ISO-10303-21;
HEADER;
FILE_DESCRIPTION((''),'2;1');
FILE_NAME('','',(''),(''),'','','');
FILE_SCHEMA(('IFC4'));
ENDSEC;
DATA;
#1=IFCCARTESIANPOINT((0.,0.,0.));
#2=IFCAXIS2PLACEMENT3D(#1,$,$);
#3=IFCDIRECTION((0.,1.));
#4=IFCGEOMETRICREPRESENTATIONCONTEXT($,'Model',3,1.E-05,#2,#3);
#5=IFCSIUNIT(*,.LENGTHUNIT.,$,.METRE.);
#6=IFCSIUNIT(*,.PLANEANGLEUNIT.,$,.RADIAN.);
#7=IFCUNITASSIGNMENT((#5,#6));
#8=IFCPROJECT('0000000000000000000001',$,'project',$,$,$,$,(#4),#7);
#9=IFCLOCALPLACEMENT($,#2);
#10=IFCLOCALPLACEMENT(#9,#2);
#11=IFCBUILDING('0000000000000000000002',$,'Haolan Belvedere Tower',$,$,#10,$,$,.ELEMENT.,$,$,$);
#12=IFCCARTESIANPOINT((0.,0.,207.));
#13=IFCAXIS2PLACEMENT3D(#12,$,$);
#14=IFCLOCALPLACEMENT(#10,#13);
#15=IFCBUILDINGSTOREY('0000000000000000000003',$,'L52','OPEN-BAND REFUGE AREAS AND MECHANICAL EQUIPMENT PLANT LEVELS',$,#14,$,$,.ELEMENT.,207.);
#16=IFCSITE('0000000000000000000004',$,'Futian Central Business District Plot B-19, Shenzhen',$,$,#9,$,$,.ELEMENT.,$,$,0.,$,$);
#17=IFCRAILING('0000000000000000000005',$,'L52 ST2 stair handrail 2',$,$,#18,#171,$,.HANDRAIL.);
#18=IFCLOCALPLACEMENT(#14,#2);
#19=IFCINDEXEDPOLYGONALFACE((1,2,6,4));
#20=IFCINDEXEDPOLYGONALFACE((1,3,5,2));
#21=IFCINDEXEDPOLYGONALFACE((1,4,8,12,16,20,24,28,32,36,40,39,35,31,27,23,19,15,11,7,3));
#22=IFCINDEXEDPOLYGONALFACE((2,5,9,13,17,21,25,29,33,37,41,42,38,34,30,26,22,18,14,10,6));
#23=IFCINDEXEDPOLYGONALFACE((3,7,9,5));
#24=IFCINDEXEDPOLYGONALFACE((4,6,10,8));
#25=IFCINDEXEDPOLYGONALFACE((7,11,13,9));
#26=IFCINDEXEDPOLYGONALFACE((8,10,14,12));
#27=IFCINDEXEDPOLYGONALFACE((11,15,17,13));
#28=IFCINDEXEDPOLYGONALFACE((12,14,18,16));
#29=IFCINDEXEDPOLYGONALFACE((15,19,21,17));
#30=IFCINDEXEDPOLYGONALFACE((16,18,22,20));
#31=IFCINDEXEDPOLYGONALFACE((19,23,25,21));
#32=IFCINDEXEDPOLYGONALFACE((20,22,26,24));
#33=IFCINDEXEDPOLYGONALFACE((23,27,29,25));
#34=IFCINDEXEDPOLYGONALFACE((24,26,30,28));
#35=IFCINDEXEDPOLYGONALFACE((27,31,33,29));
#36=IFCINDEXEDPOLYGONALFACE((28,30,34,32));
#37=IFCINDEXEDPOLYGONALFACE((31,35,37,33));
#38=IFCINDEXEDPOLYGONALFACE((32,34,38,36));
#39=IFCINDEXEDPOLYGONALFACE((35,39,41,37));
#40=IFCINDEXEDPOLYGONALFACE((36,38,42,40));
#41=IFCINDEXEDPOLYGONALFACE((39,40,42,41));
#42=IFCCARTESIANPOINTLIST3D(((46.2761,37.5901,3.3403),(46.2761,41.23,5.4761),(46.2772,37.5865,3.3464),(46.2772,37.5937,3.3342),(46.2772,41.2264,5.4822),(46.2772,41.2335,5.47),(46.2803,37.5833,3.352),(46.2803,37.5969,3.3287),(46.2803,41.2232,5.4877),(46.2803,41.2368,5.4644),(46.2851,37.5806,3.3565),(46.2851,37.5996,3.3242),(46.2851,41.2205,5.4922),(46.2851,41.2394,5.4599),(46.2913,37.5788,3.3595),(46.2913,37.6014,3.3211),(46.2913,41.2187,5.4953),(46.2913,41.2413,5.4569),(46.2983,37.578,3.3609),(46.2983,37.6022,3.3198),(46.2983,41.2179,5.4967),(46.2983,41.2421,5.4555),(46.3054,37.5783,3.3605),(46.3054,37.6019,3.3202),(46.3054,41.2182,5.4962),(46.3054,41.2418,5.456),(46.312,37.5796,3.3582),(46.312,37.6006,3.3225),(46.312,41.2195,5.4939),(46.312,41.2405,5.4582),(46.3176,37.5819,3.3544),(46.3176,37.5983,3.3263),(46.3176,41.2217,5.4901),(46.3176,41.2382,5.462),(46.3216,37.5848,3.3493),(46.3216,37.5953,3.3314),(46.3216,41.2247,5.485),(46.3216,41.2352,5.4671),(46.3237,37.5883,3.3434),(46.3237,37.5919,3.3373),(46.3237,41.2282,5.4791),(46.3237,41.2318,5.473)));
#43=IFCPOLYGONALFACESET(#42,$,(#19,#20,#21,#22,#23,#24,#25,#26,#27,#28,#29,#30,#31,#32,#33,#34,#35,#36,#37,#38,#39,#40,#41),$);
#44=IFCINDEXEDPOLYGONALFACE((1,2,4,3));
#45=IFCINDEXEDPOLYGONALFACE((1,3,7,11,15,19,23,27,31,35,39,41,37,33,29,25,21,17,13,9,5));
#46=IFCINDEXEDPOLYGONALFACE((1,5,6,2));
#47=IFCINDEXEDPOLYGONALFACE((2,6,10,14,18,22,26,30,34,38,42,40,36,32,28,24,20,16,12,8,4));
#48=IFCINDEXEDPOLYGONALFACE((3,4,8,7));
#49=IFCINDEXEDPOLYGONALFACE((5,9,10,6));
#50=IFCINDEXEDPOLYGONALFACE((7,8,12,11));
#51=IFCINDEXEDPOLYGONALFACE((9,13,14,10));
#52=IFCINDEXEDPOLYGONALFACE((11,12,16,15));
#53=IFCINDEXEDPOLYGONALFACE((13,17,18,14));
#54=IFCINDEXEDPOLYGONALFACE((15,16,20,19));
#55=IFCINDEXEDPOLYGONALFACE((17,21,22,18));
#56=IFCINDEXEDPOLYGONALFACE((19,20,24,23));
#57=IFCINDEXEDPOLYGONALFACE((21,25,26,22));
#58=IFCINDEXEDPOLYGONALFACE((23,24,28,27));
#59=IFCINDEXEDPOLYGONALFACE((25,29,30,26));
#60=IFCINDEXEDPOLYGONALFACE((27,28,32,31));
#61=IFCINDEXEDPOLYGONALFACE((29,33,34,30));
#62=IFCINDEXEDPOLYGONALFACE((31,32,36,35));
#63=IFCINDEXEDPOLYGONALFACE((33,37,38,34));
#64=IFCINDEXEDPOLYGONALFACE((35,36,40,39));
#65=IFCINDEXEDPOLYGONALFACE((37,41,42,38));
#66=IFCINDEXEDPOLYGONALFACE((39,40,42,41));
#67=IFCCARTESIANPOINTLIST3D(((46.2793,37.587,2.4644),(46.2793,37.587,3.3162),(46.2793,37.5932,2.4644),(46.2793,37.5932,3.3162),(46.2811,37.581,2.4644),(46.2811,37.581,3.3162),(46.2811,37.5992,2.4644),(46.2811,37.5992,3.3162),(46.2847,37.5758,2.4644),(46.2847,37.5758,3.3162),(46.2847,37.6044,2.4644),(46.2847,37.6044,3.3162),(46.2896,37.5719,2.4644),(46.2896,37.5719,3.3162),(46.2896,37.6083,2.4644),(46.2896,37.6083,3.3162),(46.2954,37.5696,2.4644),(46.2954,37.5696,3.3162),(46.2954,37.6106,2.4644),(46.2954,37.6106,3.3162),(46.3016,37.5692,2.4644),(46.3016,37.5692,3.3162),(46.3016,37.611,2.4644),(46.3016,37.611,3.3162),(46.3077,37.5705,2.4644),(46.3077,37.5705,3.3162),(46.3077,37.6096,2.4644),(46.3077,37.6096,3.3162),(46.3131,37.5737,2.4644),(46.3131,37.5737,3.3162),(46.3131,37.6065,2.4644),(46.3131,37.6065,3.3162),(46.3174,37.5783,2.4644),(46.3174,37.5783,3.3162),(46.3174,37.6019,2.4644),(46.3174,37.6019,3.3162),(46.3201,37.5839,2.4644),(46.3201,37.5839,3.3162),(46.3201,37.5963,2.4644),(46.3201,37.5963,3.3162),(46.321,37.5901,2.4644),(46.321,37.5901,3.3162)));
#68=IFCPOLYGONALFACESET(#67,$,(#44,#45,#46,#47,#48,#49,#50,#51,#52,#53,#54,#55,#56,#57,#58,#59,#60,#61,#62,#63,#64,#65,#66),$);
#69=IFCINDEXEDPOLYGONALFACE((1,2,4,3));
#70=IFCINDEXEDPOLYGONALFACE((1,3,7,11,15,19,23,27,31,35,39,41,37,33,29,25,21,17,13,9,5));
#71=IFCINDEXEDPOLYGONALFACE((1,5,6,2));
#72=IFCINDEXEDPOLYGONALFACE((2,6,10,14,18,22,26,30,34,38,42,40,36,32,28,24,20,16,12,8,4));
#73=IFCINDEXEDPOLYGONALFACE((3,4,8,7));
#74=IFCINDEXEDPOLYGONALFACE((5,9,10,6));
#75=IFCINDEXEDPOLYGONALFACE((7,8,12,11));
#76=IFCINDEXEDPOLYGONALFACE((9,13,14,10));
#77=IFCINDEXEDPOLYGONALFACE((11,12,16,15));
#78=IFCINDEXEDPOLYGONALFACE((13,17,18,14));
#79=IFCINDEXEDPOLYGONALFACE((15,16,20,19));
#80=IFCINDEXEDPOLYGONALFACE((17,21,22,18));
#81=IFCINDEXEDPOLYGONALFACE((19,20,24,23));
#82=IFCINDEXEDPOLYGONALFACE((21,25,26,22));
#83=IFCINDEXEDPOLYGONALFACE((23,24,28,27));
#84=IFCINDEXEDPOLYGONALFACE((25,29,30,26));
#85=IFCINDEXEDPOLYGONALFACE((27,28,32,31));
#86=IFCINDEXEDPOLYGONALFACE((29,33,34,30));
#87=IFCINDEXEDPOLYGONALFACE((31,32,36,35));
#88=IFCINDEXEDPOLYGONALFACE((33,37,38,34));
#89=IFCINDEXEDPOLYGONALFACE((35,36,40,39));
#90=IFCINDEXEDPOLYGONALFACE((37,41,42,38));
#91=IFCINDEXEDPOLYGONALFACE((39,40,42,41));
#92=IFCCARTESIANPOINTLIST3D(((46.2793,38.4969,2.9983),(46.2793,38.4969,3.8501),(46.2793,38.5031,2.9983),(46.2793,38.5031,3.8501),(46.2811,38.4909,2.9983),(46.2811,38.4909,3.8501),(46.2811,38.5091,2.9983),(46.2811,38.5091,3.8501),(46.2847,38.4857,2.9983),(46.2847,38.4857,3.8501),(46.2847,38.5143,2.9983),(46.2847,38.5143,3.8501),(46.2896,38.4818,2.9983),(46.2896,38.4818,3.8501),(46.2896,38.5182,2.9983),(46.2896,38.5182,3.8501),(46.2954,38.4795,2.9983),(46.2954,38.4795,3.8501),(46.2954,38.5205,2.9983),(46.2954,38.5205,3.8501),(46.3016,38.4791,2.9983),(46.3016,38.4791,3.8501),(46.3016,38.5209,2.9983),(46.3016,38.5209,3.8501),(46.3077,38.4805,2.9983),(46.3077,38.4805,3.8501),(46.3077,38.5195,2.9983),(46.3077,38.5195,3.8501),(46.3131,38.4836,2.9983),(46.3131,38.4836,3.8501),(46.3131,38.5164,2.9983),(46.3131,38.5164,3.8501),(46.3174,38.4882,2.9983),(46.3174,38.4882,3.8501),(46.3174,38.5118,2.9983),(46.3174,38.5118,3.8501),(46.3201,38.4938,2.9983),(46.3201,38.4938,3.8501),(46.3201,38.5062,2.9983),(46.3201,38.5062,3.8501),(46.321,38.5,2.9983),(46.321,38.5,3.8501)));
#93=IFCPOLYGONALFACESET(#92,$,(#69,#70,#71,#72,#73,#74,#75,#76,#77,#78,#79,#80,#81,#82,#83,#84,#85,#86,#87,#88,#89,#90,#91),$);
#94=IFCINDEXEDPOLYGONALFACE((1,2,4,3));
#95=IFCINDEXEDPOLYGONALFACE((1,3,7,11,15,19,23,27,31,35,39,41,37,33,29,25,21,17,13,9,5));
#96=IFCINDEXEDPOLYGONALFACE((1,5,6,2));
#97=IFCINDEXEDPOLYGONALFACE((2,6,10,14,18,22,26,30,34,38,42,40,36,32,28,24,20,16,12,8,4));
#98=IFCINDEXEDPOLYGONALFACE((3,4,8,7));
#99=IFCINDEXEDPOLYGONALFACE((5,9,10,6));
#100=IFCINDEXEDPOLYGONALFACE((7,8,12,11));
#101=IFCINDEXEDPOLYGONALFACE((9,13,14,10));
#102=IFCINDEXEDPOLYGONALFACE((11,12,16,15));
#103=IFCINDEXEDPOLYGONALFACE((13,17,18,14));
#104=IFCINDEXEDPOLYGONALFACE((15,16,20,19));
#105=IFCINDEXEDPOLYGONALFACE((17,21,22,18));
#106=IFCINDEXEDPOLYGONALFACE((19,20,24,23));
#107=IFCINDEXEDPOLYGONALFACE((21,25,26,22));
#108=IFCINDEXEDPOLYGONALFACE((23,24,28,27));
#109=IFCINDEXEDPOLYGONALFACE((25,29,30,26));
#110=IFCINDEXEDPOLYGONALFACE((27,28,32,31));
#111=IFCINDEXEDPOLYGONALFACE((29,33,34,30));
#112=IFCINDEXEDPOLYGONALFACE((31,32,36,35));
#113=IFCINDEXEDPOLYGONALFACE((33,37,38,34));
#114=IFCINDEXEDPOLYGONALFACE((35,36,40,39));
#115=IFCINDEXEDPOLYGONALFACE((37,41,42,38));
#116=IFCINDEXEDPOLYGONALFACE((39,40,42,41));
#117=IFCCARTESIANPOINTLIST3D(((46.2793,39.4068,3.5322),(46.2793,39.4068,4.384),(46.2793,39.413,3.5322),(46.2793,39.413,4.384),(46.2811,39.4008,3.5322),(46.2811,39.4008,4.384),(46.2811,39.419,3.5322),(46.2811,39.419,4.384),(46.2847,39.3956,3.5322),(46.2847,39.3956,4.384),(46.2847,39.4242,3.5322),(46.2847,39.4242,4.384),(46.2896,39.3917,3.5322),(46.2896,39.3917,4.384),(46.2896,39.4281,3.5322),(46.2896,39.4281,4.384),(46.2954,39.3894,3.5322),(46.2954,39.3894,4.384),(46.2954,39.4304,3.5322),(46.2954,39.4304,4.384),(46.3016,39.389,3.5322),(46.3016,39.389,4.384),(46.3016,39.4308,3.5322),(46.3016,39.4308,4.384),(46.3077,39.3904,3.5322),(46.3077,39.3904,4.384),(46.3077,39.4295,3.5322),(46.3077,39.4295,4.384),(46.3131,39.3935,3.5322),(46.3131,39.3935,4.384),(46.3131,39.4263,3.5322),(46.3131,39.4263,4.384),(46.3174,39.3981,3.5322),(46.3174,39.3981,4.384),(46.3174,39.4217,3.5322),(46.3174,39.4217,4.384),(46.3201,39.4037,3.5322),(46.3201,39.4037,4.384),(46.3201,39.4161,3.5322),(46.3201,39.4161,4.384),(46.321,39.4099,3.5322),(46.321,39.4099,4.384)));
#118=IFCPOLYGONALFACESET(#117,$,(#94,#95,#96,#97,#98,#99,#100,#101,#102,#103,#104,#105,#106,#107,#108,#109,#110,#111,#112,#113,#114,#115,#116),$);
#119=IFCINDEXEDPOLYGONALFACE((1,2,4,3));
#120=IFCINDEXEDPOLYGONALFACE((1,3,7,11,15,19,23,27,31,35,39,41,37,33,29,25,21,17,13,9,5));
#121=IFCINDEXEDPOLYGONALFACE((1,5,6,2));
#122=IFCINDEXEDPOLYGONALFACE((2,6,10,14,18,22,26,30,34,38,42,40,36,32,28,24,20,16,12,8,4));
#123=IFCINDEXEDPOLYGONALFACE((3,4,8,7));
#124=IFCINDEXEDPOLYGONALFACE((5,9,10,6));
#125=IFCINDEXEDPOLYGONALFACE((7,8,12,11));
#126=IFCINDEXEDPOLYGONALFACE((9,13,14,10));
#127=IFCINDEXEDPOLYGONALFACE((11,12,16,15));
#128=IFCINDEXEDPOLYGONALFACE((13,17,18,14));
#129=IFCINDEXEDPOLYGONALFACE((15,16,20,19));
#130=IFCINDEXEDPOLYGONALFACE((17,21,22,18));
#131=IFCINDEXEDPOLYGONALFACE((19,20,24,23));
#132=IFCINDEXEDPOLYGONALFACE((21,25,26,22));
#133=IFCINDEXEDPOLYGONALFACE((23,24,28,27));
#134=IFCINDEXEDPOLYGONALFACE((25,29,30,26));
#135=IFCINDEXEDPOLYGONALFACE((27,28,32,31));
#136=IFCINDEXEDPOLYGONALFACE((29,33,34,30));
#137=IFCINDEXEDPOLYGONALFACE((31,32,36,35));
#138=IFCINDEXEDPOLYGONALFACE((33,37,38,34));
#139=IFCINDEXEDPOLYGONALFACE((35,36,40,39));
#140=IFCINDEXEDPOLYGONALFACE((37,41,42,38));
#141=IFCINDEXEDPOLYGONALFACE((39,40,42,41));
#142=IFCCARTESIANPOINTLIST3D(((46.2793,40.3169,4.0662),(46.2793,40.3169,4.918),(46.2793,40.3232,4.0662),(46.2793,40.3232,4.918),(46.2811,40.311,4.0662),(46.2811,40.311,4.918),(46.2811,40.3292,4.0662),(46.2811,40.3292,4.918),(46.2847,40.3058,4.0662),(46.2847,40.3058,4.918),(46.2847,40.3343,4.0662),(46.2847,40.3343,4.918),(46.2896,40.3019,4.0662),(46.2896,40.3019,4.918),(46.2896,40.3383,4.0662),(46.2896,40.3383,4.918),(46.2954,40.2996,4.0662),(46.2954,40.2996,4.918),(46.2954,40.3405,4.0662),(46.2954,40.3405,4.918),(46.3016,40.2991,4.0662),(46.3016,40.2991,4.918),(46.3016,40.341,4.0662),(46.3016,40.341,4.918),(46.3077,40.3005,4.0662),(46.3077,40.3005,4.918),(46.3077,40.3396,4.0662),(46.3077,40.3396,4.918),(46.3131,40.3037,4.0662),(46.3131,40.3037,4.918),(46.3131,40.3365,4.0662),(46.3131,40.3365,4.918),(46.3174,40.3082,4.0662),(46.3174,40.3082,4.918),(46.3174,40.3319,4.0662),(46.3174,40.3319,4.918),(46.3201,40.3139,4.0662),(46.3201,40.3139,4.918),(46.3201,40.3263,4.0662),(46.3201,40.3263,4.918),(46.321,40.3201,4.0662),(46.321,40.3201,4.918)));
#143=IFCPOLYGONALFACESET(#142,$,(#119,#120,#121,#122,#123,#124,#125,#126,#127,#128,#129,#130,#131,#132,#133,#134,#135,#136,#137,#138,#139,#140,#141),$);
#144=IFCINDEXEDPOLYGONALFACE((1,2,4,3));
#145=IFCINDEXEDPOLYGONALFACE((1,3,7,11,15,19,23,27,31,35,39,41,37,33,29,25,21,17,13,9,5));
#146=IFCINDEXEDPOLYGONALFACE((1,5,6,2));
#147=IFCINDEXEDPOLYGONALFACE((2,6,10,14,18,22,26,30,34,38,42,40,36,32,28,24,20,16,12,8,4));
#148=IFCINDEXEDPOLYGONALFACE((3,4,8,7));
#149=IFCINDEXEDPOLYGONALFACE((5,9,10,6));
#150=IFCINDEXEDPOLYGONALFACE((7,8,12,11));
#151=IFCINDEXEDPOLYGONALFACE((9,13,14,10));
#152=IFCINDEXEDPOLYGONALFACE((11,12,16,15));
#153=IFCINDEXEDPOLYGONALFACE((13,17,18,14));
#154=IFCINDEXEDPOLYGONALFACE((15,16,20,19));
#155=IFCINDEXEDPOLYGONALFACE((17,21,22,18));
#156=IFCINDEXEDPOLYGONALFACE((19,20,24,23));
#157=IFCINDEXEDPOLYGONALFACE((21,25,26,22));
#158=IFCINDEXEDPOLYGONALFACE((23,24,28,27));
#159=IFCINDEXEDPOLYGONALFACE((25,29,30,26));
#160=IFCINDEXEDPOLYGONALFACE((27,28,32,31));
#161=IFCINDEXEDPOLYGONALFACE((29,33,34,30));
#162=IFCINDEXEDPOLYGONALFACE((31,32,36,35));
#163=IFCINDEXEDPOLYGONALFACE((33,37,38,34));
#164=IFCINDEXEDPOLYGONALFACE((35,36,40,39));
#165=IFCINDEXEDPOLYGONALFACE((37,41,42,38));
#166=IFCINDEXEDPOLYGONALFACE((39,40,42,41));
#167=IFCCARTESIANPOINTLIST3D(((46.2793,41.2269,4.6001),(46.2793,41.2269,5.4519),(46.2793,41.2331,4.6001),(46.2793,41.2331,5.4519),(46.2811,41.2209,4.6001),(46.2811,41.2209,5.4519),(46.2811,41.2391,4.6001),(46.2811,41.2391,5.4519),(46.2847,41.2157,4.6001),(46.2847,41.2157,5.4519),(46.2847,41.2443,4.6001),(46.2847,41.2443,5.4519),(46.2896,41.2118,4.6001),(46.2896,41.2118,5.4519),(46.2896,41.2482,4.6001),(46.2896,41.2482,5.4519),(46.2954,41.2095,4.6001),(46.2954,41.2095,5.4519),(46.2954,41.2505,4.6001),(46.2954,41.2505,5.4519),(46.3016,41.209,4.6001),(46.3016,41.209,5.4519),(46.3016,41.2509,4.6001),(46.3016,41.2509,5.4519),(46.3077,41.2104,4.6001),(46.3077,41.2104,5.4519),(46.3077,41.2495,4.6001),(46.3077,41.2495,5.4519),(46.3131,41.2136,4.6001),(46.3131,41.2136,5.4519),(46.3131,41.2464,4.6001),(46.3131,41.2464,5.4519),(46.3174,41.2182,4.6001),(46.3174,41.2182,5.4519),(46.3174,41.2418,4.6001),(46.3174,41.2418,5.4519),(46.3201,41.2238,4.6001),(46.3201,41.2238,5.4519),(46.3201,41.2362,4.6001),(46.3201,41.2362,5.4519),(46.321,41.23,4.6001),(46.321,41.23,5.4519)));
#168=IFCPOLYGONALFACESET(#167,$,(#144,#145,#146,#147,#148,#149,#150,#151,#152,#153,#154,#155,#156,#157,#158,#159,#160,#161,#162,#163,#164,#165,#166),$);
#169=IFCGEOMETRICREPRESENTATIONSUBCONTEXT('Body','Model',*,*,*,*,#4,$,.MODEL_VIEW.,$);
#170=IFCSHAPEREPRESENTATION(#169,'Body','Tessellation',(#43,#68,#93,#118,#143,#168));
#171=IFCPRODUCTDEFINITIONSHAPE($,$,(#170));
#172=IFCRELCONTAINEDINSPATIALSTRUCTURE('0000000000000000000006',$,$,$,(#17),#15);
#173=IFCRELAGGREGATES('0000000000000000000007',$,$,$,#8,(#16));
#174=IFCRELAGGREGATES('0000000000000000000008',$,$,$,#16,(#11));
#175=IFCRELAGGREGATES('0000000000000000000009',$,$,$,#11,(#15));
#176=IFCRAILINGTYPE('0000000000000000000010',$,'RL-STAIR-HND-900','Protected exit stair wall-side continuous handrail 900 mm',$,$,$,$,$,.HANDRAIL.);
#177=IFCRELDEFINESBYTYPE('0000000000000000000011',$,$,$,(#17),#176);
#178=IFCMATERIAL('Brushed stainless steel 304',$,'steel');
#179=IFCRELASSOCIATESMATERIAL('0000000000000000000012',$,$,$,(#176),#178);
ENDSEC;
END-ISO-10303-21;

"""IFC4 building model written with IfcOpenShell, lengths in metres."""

from ifc_helpers import new_model, si_unit, direction, frame, origin, origin_2d, place, context, subcontext, project, spatial, circle, extrude, material, type_object, element, save


model = new_model("IFC4")

# Units and contexts
model_context = context("Model", 3, precision=1e-05, world=origin(), true_north=direction((0.0, 1.0)))
body_context = subcontext(model_context, "Body", "Model", "MODEL_VIEW")
ifc_project = project(units=[si_unit("LENGTHUNIT", "METRE"), si_unit("PLANEANGLEUNIT", "RADIAN")], contexts=[model_context])

# Site, building, storey
site_placement = place(None, origin())
site = spatial("IfcSite", under=ifc_project, at=site_placement, Name="Futian Central Business District Plot B-19, Shenzhen", CompositionType="ELEMENT", RefElevation=0.0)
building_placement = place(site_placement, origin())
building = spatial("IfcBuilding", under=site, at=building_placement, Name="Haolan Belvedere Tower", CompositionType="ELEMENT")
storey_placement = place(building_placement, frame((0.0, 0.0, 207.0)))
storey = spatial("IfcBuildingStorey", under=building, at=storey_placement, Name="L52", Description="OPEN-BAND REFUGE AREAS AND MECHANICAL EQUIPMENT PLANT LEVELS", CompositionType="ELEMENT", Elevation=207.0)

# Railing
ifc_material_1 = material(Name="Brushed stainless steel 304", Category="steel")
railing_type_1 = type_object("IfcRailingType", Name="RL-STAIR-HND-900", Description="Protected exit stair wall-side continuous handrail 900 mm", PredefinedType="HANDRAIL", material=ifc_material_1)
railing_1_placement = place(storey_placement, frame((46.3, 37.5901, 2.4644)))
element("IfcRailing", 1, at=railing_1_placement, inside=storey, type_object=railing_type_1, Name="L52 ST2 stair handrail 2", PredefinedType="HANDRAIL", context=body_context, shape_type="SweptSolid", body=[
    extrude(circle(Radius=0.0239, at=origin_2d()), frame((0.0, 0.0, 0.876), z_axis=(0.0, 0.86249, 0.506074), x_axis=(-1.0, 0.0, 0.0)), (0.0, 0.0, 1.0), 4.2202),
    extrude(circle(Radius=0.021, at=origin_2d()), origin(), (0.0, 0.0, 1.0), 0.8518),
    extrude(circle(Radius=0.021, at=origin_2d()), frame((0.0, 0.9099, 0.5339)), (0.0, 0.0, 1.0), 0.8518),
    extrude(circle(Radius=0.021, at=origin_2d()), frame((0.0, 1.8198, 1.0679)), (0.0, 0.0, 1.0), 0.8518),
    extrude(circle(Radius=0.021, at=origin_2d()), frame((0.0, 2.73, 1.6018)), (0.0, 0.0, 1.0), 0.8518),
    extrude(circle(Radius=0.021, at=origin_2d()), frame((0.0, 3.6399, 2.1357)), (0.0, 0.0, 1.0), 0.8518),
])

save(model, "model.ifc")
